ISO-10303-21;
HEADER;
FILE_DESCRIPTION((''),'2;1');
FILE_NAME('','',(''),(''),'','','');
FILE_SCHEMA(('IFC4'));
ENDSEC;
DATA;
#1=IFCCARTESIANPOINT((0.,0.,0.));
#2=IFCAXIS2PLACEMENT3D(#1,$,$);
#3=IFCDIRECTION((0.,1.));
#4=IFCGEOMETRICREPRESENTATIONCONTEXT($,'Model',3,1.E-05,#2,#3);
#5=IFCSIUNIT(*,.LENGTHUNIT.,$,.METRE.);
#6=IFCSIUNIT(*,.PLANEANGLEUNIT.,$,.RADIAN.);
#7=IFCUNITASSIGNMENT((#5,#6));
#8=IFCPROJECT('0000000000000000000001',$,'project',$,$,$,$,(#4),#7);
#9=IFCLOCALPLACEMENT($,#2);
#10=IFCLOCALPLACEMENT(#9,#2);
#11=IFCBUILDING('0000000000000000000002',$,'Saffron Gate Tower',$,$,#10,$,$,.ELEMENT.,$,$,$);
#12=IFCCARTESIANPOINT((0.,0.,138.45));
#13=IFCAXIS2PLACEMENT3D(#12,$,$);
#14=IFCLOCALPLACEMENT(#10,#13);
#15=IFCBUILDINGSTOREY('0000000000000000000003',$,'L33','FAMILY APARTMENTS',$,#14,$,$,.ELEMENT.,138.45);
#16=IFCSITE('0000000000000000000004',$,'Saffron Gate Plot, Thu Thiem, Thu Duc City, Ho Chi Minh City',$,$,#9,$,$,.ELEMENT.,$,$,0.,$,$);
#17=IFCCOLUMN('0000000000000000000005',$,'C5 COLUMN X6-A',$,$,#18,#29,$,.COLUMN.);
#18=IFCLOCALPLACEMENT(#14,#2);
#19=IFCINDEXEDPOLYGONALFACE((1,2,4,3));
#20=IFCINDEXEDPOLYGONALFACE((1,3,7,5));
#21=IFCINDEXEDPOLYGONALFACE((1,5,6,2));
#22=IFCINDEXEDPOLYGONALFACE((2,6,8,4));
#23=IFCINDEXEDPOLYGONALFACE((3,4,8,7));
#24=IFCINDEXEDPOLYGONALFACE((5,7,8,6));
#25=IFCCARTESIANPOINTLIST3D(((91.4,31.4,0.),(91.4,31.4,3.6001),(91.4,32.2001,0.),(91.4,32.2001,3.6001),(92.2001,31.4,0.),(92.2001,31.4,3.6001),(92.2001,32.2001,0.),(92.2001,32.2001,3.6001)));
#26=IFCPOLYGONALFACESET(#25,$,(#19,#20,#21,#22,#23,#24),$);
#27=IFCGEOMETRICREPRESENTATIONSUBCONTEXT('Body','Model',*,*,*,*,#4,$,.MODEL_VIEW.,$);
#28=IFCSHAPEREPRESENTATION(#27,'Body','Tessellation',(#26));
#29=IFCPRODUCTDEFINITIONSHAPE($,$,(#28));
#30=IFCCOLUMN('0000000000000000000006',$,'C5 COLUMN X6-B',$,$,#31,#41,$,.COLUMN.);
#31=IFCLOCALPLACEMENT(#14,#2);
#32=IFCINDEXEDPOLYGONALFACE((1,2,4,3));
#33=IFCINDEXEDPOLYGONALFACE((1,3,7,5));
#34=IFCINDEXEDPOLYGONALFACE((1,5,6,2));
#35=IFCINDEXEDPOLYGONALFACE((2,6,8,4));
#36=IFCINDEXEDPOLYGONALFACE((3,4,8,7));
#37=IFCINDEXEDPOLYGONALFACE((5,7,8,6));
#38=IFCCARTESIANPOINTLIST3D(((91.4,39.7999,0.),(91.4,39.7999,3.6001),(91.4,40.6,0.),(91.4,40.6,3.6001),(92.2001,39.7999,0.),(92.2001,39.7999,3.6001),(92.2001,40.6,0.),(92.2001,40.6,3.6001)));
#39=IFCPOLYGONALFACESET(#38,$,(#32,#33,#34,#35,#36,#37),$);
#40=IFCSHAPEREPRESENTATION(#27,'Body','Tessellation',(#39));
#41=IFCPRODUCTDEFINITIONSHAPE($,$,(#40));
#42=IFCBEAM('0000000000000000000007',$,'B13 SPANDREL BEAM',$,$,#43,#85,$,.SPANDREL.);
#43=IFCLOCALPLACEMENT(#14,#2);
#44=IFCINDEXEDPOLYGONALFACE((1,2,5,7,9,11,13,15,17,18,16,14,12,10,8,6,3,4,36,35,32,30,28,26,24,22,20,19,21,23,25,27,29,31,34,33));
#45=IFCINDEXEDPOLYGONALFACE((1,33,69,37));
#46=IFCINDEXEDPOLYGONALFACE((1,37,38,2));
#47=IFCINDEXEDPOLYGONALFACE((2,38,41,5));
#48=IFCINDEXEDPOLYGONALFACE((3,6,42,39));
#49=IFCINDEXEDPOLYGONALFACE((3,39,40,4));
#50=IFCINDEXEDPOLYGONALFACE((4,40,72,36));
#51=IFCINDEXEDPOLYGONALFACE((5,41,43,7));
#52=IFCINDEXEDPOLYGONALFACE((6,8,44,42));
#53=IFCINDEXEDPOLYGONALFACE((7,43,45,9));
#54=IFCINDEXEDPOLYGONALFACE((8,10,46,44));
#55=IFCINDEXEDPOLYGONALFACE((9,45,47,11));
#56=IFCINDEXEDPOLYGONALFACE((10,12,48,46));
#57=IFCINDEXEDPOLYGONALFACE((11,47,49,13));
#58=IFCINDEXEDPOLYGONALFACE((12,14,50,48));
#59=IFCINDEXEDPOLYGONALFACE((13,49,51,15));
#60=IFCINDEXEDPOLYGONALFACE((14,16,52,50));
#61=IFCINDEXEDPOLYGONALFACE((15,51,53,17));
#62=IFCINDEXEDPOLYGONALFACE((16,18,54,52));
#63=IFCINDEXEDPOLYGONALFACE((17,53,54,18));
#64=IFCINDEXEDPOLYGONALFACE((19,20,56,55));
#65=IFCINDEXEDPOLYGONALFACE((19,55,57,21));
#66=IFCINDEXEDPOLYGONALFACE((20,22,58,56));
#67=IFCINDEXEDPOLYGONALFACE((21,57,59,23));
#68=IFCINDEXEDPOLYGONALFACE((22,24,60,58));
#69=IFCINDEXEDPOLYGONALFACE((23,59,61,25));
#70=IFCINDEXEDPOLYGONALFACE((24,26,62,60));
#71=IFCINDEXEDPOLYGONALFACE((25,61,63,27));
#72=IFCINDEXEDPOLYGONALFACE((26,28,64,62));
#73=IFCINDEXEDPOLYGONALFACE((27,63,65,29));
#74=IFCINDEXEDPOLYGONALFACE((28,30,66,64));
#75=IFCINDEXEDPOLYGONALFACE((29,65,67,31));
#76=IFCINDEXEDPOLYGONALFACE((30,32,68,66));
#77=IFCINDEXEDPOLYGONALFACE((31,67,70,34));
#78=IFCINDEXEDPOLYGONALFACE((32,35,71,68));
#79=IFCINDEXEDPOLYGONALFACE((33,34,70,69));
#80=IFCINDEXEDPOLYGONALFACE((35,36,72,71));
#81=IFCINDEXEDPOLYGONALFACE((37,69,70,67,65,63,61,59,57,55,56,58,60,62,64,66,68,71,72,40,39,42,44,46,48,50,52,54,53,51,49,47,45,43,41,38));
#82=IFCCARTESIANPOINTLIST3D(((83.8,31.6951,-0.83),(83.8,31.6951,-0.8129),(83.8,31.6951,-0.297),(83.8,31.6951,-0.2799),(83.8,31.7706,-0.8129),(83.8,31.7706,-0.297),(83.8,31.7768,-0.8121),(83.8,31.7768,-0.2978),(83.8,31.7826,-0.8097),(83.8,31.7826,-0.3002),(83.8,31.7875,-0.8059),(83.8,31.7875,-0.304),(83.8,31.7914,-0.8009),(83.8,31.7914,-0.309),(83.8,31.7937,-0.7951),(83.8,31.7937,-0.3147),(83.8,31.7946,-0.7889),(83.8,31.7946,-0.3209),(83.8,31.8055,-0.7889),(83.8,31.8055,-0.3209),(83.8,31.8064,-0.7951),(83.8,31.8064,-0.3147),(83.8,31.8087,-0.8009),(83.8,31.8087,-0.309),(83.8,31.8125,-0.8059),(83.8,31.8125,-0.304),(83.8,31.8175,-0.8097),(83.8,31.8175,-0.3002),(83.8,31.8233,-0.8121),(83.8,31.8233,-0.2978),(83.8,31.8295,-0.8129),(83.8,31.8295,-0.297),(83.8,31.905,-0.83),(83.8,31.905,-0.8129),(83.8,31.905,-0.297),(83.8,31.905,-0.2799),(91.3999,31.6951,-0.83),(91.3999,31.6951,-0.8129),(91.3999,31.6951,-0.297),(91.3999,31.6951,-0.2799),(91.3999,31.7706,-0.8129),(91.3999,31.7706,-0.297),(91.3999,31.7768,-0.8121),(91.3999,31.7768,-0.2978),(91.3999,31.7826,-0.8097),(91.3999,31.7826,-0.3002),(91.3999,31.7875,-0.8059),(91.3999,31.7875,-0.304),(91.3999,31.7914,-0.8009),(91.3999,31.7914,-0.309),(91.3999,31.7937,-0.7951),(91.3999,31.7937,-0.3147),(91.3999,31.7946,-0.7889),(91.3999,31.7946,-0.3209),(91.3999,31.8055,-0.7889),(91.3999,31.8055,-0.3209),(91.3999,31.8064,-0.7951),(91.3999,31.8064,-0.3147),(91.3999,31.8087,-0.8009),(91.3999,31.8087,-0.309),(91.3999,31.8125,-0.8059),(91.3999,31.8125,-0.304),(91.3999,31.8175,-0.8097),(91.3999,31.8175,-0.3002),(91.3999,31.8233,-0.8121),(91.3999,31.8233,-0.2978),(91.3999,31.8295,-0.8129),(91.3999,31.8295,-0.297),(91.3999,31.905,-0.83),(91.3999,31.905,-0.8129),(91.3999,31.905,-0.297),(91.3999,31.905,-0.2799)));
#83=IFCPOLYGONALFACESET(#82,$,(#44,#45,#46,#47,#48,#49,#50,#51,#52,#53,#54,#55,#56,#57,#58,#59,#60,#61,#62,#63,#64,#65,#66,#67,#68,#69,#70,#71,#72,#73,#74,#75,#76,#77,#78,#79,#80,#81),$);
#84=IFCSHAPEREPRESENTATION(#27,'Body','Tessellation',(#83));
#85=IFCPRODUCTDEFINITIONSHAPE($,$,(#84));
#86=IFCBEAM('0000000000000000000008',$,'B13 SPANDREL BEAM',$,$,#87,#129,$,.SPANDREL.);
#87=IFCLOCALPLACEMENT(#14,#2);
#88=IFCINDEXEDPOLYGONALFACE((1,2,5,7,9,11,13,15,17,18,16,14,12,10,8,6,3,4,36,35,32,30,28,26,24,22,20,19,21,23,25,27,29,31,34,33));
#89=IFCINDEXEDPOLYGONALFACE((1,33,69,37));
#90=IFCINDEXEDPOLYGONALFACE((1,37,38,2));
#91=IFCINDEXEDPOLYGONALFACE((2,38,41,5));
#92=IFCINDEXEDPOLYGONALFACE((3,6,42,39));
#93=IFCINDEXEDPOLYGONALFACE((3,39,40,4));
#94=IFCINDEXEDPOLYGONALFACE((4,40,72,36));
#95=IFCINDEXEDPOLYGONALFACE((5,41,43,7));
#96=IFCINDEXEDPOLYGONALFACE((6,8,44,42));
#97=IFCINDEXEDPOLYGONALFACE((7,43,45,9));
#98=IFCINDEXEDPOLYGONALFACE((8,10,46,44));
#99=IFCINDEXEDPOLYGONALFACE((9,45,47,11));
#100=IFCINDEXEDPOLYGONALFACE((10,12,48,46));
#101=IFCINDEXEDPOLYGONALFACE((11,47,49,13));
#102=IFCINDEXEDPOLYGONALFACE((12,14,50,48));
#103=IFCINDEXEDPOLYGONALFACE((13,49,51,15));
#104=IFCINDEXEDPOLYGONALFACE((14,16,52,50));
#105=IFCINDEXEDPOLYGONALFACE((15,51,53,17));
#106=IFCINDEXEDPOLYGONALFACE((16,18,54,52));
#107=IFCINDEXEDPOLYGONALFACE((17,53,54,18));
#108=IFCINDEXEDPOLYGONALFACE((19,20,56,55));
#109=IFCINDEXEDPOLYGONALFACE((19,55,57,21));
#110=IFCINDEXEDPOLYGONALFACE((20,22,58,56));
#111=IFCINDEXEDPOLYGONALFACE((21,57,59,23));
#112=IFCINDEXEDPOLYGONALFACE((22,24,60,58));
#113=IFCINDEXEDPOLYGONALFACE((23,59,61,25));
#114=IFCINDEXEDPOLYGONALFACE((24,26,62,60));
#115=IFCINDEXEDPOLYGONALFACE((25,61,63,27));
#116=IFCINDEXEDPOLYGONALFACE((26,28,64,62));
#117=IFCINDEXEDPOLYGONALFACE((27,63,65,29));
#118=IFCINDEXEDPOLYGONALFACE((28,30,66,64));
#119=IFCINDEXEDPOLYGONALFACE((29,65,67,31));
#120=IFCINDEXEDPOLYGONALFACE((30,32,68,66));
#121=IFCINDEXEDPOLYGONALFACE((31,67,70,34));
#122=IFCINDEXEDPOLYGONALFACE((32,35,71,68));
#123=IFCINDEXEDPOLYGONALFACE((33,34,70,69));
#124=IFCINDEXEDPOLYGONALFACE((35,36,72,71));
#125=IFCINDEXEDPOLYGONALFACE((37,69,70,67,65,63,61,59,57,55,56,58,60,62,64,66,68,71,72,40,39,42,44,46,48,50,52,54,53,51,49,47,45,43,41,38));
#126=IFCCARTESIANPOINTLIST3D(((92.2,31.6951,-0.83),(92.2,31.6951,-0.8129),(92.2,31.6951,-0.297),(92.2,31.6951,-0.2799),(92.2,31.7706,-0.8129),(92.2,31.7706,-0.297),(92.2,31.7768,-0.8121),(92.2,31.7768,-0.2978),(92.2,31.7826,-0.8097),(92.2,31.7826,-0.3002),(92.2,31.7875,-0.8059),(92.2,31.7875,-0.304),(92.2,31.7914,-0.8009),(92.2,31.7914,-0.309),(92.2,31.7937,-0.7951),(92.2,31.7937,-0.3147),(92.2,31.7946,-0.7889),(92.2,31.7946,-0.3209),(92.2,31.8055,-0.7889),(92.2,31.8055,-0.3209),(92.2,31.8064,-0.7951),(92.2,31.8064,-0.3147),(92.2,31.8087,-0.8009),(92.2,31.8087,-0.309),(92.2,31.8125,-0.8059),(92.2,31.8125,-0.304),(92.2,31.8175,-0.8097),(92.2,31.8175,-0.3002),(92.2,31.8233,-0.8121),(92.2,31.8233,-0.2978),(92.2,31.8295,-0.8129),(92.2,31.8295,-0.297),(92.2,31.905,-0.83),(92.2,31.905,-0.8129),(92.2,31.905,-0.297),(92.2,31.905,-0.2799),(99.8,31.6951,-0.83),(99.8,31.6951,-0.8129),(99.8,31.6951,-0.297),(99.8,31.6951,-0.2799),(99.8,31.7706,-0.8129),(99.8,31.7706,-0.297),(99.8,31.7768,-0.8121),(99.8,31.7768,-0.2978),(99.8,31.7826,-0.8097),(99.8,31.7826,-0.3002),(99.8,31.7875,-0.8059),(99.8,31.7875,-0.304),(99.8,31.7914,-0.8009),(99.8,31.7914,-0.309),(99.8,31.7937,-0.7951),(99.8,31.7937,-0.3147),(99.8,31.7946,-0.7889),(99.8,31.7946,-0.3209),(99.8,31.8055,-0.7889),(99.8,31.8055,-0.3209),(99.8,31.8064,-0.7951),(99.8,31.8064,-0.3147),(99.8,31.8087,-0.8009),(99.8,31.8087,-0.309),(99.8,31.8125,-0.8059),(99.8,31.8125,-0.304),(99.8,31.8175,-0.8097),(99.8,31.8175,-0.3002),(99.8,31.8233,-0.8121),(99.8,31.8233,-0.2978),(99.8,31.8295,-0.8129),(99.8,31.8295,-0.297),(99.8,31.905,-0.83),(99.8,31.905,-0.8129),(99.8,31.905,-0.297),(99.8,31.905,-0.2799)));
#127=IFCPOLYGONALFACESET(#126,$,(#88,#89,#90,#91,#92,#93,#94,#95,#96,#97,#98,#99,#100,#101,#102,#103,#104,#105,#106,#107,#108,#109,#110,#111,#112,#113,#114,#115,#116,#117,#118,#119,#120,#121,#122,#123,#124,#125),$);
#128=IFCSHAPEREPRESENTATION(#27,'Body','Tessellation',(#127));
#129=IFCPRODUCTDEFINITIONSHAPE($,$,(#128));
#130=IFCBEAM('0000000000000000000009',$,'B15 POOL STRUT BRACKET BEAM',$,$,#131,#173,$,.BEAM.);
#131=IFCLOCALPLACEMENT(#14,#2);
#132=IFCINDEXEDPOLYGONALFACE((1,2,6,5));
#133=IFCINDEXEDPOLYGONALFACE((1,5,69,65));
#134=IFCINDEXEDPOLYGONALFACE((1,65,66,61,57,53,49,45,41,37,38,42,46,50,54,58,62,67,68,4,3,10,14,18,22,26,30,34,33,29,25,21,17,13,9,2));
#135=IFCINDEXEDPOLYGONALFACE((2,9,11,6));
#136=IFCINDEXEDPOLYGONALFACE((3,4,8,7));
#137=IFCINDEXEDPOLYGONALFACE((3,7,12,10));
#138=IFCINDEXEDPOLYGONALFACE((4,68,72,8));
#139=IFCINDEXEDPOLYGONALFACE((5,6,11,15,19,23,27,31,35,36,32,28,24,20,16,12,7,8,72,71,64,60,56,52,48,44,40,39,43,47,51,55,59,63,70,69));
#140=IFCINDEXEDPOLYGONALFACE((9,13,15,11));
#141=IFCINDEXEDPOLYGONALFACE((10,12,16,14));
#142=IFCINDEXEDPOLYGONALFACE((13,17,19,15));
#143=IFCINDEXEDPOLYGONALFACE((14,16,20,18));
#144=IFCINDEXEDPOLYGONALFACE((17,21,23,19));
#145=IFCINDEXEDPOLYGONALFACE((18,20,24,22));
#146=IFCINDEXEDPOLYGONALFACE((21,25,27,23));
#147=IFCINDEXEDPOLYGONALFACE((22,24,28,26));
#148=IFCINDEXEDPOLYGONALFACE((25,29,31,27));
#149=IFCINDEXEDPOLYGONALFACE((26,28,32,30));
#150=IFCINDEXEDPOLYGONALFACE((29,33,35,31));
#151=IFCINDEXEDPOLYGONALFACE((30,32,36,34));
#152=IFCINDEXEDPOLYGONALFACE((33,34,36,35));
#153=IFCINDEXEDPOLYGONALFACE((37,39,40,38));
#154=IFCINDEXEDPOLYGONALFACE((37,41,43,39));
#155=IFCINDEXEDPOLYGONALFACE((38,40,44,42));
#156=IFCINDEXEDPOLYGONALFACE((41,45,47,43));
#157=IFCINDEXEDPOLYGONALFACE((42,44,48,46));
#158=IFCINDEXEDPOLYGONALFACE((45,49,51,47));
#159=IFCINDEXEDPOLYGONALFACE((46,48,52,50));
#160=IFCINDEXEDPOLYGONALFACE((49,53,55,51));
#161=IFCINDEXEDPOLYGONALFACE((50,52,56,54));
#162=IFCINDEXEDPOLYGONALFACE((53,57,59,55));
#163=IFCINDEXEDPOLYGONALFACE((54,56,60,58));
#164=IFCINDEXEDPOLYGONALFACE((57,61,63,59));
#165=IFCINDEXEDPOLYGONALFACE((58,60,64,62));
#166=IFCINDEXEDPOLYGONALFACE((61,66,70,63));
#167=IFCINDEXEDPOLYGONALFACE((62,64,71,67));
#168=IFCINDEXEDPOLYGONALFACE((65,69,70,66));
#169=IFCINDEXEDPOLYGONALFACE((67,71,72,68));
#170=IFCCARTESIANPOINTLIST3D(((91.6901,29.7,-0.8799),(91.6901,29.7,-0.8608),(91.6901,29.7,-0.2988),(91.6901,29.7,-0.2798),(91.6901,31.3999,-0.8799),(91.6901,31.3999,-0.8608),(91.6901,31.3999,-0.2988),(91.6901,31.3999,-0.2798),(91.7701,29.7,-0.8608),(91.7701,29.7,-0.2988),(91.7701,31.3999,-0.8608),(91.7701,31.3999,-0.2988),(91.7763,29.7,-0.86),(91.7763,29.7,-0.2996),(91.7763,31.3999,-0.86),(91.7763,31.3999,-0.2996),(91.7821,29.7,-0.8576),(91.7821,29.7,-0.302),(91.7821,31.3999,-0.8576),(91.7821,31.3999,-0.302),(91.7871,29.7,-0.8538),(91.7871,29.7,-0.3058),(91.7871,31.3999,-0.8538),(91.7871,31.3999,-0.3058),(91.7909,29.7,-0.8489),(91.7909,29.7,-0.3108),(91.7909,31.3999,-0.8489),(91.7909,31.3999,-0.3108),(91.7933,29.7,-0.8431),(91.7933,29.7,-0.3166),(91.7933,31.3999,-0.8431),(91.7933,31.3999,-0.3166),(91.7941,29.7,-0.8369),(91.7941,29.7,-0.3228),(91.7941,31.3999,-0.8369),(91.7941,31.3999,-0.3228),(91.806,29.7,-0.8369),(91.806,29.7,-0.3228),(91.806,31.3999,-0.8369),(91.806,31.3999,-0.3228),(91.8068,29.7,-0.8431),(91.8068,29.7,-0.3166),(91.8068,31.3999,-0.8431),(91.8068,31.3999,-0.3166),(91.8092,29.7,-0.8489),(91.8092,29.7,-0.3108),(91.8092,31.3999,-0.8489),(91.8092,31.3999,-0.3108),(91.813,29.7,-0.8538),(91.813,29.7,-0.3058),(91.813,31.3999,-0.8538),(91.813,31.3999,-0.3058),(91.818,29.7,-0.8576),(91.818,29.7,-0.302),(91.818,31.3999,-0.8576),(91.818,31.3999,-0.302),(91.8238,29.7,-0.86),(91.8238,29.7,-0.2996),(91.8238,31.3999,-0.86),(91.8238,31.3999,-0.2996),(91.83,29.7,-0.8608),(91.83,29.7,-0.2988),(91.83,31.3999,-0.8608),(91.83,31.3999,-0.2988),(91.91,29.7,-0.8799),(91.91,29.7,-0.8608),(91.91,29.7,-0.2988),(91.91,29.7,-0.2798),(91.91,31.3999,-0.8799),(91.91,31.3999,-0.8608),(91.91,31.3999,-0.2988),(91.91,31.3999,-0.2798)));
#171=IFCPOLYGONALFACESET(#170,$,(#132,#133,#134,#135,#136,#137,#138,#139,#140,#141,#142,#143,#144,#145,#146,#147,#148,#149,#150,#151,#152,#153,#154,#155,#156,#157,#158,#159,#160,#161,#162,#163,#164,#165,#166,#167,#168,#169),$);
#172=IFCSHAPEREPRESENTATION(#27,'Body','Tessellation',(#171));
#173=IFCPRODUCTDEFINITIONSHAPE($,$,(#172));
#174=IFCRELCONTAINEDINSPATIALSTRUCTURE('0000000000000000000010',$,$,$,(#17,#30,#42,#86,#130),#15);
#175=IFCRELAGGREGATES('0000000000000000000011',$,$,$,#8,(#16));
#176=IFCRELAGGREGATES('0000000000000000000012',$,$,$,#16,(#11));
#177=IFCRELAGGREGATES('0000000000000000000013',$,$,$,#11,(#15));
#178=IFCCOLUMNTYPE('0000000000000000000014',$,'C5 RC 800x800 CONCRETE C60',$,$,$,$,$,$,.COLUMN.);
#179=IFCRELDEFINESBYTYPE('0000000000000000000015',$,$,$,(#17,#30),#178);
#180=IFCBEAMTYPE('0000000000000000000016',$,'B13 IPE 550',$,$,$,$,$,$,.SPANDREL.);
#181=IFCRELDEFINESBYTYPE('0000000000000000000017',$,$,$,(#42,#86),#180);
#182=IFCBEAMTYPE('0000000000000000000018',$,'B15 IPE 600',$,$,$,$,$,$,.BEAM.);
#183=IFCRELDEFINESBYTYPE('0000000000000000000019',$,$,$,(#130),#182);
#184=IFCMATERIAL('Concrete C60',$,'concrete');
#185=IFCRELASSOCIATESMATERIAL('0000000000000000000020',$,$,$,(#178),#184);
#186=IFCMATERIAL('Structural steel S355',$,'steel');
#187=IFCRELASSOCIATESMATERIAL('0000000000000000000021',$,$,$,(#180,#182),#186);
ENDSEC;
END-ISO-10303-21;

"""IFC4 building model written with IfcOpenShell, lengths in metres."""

from ifc_helpers import new_model, si_unit, direction, frame, origin, origin_2d, place, context, subcontext, project, spatial, rectangle, i_section, extrude, material, material_profile, profile_set, type_object, element, save


model = new_model("IFC4")

# Units and contexts
model_context = context("Model", 3, precision=1e-05, world=origin(), true_north=direction((0.0, 1.0)))
body_context = subcontext(model_context, "Body", "Model", "MODEL_VIEW")
ifc_project = project(units=[si_unit("LENGTHUNIT", "METRE"), si_unit("PLANEANGLEUNIT", "RADIAN")], contexts=[model_context])

# Site, building, storey
site_placement = place(None, origin())
site = spatial("IfcSite", under=ifc_project, at=site_placement, Name="Saffron Gate Plot, Thu Thiem, Thu Duc City, Ho Chi Minh City", CompositionType="ELEMENT", RefElevation=0.0)
building_placement = place(site_placement, origin())
building = spatial("IfcBuilding", under=site, at=building_placement, Name="Saffron Gate Tower", CompositionType="ELEMENT")
storey_placement = place(building_placement, frame((0.0, 0.0, 138.45)))
storey = spatial("IfcBuildingStorey", under=building, at=storey_placement, Name="L33", Description="FAMILY APARTMENTS", CompositionType="ELEMENT", Elevation=138.45)

# Columns
ifc_material_1 = material(Name="Concrete C60", Category="concrete")
ifc_material_profile_1 = material_profile(ifc_material_1, rectangle(XDim=0.8, YDim=0.8, at=origin_2d()))
ifc_profile_set_1 = profile_set([ifc_material_profile_1], Name="Concrete C60")
column_type = type_object("IfcColumnType", Name="C5 RC 800x800 CONCRETE C60", PredefinedType="COLUMN", material=ifc_profile_set_1)
for number, where, z_axis, x_axis, name in (
    (1, (91.8, 31.8, 0.0), (0.0, 0.0, 1.0), (1.0, 0.0, 0.0), "C5 COLUMN X6-A"),
    (2, (91.8, 40.2, 0.0), (0.0, 0.0, 1.0), (1.0, 0.0, 0.0), "C5 COLUMN X6-B"),
):
    element("IfcColumn", number, at=place(storey_placement, frame(where, z_axis=z_axis, x_axis=x_axis)), inside=storey, type_object=column_type, Name=name, PredefinedType="COLUMN", context=body_context, shape_type="SweptSolid", body=[
        extrude(rectangle(XDim=0.8, YDim=0.8, at=origin_2d()), origin(), (0.0, 0.0, 1.0), 3.6001),
    ])

# Beams
ifc_material_2 = material(Name="Structural steel S355", Category="steel")
ifc_material_profile_2 = material_profile(ifc_material_2, i_section(OverallWidth=0.21, OverallDepth=0.55, WebThickness=0.011, FlangeThickness=0.0171, FilletRadius=0.0239, at=origin_2d()))
ifc_profile_set_2 = profile_set([ifc_material_profile_2], Name="Structural steel S355")
beam_type_1 = type_object("IfcBeamType", Name="B13 IPE 550", PredefinedType="SPANDREL", material=ifc_profile_set_2)
beam_1_placement = place(storey_placement, frame((83.8, 31.8, -0.5549), z_axis=(1.0, 0.0, 0.0), x_axis=(0.0, 1.0, 0.0)))
element("IfcBeam", 3, at=beam_1_placement, inside=storey, type_object=beam_type_1, Name="B13 SPANDREL BEAM", PredefinedType="SPANDREL", context=body_context, shape_type="SweptSolid", body=[
    extrude(i_section(OverallWidth=0.21, OverallDepth=0.55, WebThickness=0.011, FlangeThickness=0.0171, FilletRadius=0.0239, at=origin_2d()), origin(), (0.0, 0.0, 1.0), 7.5999),
])
beam_2_placement = place(storey_placement, frame((92.2, 31.8, -0.5549), z_axis=(1.0, 0.0, 0.0), x_axis=(0.0, 1.0, 0.0)))
element("IfcBeam", 4, at=beam_2_placement, inside=storey, type_object=beam_type_1, Name="B13 SPANDREL BEAM", PredefinedType="SPANDREL", context=body_context, shape_type="SweptSolid", body=[
    extrude(i_section(OverallWidth=0.21, OverallDepth=0.55, WebThickness=0.011, FlangeThickness=0.0171, FilletRadius=0.0239, at=origin_2d()), origin(), (0.0, 0.0, 1.0), 7.6001),
])
ifc_material_profile_3 = material_profile(ifc_material_2, i_section(OverallWidth=0.22, OverallDepth=0.6001, WebThickness=0.012, FlangeThickness=0.019, FilletRadius=0.0239, at=origin_2d()))
ifc_profile_set_3 = profile_set([ifc_material_profile_3], Name="Structural steel S355")
beam_type_2 = type_object("IfcBeamType", Name="B15 IPE 600", PredefinedType="BEAM", material=ifc_profile_set_3)
beam_3_placement = place(storey_placement, frame((91.8, 29.7, -0.5798), z_axis=(0.0, 1.0, 0.0), x_axis=(-1.0, 0.0, 0.0)))
element("IfcBeam", 5, at=beam_3_placement, inside=storey, type_object=beam_type_2, Name="B15 POOL STRUT BRACKET BEAM", PredefinedType="BEAM", context=body_context, shape_type="SweptSolid", body=[
    extrude(i_section(OverallWidth=0.22, OverallDepth=0.6001, WebThickness=0.012, FlangeThickness=0.019, FilletRadius=0.0239, at=origin_2d()), origin(), (0.0, 0.0, 1.0), 1.7),
])

save(model, "model.ifc")
